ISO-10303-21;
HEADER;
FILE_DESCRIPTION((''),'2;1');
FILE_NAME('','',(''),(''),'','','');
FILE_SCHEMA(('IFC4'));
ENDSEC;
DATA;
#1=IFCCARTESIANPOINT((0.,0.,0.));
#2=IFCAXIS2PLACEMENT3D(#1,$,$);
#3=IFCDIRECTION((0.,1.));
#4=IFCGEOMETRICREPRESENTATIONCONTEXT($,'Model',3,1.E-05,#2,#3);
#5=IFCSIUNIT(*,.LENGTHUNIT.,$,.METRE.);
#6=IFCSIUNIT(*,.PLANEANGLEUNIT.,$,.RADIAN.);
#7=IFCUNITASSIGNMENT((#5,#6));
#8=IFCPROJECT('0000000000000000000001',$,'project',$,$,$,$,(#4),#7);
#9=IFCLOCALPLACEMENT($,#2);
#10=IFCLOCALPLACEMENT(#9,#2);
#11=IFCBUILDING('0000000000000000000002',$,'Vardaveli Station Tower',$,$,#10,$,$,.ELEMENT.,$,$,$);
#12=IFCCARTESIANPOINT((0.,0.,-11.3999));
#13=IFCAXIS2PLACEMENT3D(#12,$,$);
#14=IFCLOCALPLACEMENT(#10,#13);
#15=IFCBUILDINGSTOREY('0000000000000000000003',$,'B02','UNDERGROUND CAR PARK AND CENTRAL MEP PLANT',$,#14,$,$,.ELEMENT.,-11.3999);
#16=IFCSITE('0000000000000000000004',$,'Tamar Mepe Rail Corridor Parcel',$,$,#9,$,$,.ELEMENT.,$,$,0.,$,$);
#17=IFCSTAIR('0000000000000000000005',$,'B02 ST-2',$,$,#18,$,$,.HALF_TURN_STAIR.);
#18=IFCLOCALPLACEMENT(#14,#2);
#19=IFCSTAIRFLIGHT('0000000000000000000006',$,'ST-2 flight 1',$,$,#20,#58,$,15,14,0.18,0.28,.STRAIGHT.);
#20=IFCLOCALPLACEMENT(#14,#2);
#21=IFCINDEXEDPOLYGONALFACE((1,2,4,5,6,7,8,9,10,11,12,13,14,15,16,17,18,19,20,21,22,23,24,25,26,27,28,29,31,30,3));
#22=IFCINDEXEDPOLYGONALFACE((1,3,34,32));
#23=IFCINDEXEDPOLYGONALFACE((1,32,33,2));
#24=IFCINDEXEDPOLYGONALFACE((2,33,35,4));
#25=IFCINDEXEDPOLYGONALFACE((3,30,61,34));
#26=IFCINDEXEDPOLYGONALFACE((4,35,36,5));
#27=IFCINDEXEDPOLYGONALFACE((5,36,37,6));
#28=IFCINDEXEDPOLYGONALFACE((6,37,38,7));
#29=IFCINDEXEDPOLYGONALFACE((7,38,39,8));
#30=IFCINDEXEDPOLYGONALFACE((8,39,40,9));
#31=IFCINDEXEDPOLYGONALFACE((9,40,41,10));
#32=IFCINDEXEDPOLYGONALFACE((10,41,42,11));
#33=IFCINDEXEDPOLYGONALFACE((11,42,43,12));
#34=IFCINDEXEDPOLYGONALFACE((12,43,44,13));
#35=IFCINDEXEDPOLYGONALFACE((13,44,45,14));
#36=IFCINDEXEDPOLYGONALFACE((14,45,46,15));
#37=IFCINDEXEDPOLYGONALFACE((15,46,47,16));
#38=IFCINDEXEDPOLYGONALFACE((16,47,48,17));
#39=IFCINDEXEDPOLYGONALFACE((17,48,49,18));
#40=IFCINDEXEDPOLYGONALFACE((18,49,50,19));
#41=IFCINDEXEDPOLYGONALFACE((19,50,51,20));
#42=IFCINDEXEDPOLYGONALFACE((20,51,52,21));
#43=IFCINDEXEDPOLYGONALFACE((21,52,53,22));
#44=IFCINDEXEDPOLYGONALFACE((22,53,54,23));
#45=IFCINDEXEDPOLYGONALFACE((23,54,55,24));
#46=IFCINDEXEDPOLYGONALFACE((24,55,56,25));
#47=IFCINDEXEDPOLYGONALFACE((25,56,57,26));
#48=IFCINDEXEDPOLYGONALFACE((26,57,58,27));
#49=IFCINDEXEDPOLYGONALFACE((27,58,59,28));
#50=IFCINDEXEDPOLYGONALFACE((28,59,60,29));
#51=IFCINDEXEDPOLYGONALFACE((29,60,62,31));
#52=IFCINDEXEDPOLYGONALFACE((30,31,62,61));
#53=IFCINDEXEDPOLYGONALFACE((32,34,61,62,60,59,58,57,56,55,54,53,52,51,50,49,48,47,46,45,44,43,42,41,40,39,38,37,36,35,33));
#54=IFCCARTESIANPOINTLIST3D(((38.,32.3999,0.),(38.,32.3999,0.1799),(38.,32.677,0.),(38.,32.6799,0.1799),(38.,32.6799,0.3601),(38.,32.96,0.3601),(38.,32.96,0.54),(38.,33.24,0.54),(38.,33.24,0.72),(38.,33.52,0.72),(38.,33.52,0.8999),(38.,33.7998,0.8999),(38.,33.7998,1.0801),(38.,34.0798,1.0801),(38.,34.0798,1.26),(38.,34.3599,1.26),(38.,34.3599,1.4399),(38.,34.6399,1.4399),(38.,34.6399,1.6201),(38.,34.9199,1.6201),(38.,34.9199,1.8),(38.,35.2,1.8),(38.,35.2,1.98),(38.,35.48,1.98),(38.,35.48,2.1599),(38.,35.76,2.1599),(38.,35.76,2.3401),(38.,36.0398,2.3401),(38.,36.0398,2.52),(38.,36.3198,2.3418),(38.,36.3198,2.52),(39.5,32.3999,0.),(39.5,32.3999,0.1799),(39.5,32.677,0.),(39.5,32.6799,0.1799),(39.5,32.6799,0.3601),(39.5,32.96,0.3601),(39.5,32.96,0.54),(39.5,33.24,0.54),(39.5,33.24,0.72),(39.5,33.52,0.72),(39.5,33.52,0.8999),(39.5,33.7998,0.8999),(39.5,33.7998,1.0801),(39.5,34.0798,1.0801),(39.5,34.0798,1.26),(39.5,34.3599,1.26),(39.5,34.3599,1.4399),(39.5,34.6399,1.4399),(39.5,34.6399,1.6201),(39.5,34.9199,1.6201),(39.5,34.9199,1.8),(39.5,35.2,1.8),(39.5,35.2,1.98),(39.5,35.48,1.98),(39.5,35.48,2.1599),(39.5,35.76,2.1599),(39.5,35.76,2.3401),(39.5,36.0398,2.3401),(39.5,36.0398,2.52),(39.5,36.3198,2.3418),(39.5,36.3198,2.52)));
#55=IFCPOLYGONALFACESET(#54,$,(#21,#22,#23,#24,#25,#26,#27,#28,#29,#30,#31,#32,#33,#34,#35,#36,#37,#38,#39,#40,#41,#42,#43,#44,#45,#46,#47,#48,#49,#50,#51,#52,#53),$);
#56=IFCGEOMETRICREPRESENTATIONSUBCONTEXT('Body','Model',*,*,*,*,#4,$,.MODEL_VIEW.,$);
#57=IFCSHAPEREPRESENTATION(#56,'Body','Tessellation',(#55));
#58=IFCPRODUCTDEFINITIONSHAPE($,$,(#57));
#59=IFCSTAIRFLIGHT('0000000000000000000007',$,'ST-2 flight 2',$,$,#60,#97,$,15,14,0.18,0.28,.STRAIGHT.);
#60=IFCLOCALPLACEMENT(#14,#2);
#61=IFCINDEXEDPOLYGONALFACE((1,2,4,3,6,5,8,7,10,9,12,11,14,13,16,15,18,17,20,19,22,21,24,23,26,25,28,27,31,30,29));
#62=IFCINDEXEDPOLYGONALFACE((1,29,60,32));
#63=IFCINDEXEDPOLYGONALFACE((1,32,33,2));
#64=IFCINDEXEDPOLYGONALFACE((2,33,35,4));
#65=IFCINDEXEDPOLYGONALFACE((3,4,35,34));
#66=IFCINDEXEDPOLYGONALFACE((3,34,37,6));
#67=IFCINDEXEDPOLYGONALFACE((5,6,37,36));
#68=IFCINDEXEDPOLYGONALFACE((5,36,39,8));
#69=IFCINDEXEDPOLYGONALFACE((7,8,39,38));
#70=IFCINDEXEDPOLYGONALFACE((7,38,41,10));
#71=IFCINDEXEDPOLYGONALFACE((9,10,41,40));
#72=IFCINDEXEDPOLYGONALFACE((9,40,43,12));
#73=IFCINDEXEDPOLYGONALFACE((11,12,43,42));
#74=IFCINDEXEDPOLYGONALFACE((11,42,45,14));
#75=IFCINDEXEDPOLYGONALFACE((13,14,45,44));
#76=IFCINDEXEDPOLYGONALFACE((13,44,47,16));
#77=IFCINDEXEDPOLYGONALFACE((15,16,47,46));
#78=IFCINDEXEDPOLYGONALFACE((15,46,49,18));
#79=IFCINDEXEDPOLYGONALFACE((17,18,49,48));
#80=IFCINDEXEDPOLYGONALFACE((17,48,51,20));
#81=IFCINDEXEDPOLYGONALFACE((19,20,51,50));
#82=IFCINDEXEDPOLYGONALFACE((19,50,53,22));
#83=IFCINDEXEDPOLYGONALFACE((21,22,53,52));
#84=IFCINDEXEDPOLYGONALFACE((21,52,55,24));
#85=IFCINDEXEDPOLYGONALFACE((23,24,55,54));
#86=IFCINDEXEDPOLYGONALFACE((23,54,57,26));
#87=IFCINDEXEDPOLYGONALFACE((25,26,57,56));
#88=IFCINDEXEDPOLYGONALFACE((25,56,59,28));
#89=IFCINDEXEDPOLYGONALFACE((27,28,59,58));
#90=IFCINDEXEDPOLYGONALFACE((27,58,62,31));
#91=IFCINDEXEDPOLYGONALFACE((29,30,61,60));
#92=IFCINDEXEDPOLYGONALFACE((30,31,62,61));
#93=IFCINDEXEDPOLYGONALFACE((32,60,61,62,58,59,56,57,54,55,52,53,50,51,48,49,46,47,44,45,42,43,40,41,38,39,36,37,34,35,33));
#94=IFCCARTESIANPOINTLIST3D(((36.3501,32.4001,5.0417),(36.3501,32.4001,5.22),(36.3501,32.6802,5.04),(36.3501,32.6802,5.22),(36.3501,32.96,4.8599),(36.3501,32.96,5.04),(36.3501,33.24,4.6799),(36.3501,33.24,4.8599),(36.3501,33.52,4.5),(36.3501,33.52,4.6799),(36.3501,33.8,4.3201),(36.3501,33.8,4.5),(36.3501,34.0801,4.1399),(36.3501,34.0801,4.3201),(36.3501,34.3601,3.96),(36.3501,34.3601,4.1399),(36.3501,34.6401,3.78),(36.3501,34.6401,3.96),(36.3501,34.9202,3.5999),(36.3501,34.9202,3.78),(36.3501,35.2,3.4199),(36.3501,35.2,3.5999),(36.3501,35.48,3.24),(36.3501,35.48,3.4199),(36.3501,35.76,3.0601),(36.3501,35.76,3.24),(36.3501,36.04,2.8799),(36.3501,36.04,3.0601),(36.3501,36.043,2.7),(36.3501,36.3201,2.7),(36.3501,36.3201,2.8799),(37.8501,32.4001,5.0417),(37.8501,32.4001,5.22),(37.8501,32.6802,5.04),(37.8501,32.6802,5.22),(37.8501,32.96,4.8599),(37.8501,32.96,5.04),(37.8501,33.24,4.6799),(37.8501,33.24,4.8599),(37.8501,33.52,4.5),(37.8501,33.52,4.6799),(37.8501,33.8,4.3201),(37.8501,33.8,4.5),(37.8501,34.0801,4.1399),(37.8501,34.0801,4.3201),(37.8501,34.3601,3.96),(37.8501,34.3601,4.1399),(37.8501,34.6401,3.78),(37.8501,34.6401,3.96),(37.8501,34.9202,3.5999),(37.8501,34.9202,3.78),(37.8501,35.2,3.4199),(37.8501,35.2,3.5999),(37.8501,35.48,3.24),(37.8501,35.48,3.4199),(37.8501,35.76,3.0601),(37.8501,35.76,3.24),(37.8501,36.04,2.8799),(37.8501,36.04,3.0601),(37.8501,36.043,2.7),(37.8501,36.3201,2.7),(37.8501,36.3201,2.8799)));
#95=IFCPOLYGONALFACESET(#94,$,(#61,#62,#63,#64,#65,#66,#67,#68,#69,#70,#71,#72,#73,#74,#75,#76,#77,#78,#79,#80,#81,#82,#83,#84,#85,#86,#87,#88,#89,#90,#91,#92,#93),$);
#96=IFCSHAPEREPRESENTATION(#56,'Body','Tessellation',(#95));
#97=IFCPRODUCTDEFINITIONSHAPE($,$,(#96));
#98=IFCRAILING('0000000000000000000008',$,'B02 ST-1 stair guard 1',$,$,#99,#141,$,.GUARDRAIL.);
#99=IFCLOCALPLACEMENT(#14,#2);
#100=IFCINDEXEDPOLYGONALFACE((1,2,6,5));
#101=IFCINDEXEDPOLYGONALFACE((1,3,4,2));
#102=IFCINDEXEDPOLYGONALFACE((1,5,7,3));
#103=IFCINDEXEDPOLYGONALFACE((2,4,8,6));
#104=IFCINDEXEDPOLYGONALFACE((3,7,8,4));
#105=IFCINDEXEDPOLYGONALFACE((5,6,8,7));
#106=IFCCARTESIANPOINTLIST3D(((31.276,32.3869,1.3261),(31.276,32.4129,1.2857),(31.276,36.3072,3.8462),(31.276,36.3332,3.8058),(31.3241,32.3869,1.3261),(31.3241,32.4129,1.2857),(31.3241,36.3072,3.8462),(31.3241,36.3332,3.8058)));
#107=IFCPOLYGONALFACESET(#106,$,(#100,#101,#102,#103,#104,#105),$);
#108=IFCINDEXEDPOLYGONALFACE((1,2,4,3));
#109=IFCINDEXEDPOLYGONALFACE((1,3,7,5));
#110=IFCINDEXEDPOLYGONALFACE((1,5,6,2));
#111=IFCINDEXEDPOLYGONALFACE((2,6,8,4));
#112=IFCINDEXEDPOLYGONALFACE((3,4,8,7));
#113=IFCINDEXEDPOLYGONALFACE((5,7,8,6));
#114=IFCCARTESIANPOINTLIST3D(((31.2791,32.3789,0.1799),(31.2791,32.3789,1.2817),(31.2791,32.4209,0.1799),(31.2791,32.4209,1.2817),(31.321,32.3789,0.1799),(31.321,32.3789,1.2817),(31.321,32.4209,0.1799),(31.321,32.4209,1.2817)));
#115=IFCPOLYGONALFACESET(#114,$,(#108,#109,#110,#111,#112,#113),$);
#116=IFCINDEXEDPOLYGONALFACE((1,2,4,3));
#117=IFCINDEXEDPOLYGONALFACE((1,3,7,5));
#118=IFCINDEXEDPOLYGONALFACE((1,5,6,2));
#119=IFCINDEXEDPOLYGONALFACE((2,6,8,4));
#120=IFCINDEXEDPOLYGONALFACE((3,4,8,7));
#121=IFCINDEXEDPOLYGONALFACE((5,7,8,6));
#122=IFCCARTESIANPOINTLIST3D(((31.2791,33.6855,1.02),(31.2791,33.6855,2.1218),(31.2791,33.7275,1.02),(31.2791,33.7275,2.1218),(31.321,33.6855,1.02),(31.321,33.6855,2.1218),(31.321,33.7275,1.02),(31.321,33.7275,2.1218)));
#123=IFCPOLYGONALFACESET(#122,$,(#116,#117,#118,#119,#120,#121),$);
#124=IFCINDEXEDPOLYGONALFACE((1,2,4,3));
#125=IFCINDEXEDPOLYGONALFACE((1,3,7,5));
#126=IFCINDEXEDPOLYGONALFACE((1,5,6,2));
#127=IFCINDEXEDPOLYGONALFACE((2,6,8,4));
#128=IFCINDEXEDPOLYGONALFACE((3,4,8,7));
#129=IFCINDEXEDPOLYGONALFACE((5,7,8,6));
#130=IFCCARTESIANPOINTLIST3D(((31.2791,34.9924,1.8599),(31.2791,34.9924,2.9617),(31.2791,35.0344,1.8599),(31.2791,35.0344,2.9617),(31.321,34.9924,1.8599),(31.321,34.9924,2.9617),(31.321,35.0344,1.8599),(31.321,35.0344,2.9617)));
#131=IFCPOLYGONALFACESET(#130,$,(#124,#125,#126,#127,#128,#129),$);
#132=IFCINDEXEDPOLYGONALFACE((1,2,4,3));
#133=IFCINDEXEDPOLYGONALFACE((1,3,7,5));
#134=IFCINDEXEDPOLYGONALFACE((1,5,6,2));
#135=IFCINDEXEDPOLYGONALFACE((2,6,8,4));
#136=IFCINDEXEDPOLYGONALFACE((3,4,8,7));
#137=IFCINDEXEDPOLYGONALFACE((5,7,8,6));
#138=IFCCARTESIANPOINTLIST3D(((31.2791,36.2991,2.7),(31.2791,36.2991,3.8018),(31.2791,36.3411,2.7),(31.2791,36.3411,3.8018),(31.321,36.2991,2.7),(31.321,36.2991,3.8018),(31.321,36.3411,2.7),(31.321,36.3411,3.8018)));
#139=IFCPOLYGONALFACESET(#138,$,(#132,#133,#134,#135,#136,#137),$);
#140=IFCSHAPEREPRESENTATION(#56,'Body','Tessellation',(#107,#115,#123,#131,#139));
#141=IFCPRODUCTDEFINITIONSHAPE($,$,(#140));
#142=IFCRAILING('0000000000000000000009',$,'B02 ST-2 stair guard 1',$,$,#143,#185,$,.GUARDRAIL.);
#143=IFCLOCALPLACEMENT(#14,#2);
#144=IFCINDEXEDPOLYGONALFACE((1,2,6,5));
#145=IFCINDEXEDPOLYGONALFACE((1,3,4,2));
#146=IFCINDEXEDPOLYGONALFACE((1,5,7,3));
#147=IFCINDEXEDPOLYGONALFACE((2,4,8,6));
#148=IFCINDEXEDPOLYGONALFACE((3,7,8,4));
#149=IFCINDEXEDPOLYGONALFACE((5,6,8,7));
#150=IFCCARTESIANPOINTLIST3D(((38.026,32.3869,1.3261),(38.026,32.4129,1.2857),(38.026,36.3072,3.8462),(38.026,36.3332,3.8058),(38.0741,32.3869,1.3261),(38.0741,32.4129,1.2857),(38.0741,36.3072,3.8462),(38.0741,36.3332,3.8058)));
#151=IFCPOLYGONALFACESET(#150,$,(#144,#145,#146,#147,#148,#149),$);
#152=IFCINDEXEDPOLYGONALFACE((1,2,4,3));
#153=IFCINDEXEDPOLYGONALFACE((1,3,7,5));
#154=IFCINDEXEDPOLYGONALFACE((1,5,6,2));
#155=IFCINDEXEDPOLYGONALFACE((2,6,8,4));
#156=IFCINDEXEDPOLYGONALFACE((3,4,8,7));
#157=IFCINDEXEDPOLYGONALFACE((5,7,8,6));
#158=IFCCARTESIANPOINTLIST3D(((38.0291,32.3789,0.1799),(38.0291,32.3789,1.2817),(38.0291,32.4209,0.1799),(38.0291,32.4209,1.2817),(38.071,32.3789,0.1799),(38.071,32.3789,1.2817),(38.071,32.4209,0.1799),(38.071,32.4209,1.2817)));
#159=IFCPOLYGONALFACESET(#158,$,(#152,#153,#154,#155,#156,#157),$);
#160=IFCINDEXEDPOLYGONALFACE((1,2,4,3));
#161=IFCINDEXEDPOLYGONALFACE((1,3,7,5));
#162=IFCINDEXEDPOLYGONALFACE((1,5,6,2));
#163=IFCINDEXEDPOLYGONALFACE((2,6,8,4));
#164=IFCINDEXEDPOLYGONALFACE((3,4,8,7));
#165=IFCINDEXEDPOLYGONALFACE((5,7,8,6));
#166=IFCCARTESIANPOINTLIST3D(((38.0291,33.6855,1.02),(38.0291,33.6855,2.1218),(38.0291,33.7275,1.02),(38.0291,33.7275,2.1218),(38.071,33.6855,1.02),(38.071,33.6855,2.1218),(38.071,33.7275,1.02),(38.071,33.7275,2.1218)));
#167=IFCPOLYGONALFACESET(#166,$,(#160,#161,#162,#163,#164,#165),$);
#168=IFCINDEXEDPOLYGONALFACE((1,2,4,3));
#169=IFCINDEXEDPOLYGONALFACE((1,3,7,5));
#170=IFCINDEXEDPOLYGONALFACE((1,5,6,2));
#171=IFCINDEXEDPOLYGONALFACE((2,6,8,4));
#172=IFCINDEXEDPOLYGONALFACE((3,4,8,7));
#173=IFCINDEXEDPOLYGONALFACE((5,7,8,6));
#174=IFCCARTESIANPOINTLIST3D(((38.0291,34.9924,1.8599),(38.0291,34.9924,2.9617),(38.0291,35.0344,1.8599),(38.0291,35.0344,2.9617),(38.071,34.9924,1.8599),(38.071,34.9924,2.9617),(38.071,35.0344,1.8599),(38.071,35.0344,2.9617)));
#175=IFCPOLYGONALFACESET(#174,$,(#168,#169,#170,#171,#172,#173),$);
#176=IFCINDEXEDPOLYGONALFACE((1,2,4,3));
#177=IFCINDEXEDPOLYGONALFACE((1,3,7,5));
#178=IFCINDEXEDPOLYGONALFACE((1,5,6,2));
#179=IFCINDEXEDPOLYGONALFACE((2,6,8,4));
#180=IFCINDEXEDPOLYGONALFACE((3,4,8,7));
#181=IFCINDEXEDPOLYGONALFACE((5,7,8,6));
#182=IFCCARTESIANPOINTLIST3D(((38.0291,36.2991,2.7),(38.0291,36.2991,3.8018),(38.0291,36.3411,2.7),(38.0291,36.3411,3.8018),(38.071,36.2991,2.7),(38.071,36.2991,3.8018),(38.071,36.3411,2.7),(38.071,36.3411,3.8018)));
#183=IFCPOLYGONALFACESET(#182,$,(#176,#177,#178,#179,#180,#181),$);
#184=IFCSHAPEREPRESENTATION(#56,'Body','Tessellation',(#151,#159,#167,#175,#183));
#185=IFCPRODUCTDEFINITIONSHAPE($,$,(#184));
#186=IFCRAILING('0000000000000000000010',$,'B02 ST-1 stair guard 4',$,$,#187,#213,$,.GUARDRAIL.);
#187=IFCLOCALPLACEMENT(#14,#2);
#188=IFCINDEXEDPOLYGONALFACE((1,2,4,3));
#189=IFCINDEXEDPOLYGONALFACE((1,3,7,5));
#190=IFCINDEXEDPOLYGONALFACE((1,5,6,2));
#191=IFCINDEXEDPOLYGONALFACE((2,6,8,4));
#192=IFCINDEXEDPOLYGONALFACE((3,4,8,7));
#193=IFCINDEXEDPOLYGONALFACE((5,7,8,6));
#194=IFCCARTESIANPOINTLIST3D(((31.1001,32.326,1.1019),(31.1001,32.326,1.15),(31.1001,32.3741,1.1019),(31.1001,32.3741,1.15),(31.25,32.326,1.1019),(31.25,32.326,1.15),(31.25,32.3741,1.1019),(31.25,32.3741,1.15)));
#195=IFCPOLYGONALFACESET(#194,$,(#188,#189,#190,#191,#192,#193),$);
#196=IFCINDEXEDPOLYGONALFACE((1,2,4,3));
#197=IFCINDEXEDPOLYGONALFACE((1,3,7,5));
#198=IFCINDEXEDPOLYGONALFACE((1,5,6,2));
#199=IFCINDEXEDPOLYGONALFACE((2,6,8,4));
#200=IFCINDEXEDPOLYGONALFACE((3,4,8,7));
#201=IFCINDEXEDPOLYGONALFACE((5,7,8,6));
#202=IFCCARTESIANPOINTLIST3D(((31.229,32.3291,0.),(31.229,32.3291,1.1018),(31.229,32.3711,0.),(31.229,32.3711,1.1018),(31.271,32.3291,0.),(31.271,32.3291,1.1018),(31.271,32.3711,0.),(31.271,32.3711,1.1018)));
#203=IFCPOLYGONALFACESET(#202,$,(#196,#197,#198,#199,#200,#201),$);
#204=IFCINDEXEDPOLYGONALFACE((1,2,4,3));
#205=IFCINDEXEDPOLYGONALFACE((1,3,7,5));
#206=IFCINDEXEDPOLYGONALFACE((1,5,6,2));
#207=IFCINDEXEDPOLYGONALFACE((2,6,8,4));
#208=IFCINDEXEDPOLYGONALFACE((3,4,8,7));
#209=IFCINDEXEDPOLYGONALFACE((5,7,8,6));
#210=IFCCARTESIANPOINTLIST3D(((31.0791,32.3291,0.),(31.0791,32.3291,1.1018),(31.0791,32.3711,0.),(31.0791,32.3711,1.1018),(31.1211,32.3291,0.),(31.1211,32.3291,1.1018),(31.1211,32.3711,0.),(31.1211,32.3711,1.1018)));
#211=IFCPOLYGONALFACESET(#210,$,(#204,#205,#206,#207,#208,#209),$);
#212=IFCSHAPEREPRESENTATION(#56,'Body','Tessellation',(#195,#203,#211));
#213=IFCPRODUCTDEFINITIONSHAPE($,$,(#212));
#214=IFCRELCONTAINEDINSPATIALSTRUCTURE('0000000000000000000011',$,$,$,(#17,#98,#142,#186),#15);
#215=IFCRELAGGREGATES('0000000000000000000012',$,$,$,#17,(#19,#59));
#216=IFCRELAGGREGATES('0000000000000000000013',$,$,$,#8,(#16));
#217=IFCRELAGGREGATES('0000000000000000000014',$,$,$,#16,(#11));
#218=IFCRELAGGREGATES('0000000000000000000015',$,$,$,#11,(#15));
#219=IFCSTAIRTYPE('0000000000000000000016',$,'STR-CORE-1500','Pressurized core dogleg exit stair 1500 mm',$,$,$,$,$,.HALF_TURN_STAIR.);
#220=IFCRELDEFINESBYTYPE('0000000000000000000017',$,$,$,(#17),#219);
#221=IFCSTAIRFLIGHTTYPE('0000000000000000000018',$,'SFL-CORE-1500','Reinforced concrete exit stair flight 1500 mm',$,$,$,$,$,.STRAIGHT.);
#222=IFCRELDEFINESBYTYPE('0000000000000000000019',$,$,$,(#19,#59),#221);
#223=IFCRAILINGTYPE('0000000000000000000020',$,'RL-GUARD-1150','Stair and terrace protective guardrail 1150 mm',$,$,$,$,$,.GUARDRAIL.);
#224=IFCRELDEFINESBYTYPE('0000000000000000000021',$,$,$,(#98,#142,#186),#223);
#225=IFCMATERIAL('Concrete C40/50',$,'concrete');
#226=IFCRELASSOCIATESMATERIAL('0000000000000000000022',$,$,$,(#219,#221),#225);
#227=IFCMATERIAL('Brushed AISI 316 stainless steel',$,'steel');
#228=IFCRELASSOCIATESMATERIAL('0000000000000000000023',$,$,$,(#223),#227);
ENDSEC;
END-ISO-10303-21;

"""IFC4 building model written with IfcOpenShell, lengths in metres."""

from ifc_helpers import new_model, si_unit, direction, frame, origin, origin_2d, place, context, subcontext, project, spatial, polyline, rectangle, outline, extrude, source, transform, mapped, material, type_object, element, aggregate, save


model = new_model("IFC4")

# Units and contexts
model_context = context("Model", 3, precision=1e-05, world=origin(), true_north=direction((0.0, 1.0)))
body_context = subcontext(model_context, "Body", "Model", "MODEL_VIEW")
ifc_project = project(units=[si_unit("LENGTHUNIT", "METRE"), si_unit("PLANEANGLEUNIT", "RADIAN")], contexts=[model_context])

# Site, building, storey
site_placement = place(None, origin())
site = spatial("IfcSite", under=ifc_project, at=site_placement, Name="Tamar Mepe Rail Corridor Parcel", CompositionType="ELEMENT", RefElevation=0.0)
building_placement = place(site_placement, origin())
building = spatial("IfcBuilding", under=site, at=building_placement, Name="Vardaveli Station Tower", CompositionType="ELEMENT")
storey_placement = place(building_placement, frame((0.0, 0.0, -11.3999)))
storey = spatial("IfcBuildingStorey", under=building, at=storey_placement, Name="B02", Description="UNDERGROUND CAR PARK AND CENTRAL MEP PLANT", CompositionType="ELEMENT", Elevation=-11.3999)

# Shared definitions
ifc_material_1 = material(Name="Concrete C40/50", Category="concrete")

# Stair, stair flights
stair_type = type_object("IfcStairType", Name="STR-CORE-1500", Description="Pressurized core dogleg exit stair 1500 mm", PredefinedType="HALF_TURN_STAIR", material=ifc_material_1)
stair_flight_type = type_object("IfcStairFlightType", Name="SFL-CORE-1500", Description="Reinforced concrete exit stair flight 1500 mm", PredefinedType="STRAIGHT", material=ifc_material_1)
shared_shape_1 = source(origin(), body_context, "Body", "SweptSolid", [
    extrude(outline(polyline([(0.0, 0.0), (0.0, 0.1799), (0.28, 0.1799), (0.28, 0.3601), (0.5601, 0.3601), (0.5601, 0.54), (0.8401, 0.54), (0.8401, 0.72), (1.1201, 0.72), (1.1201, 0.8999), (1.3999, 0.8999), (1.3999, 1.0801), (1.6799, 1.0801), (1.6799, 1.26), (1.96, 1.26), (1.96, 1.4399), (2.24, 1.4399), (2.24, 1.6201), (2.52, 1.6201), (2.52, 1.8), (2.8, 1.8), (2.8, 1.98), (3.0801, 1.98), (3.0801, 2.1599), (3.3601, 2.1599), (3.3601, 2.3401), (3.6399, 2.3401), (3.6399, 2.52), (3.9199, 2.52), (3.9199, 2.7), (3.9199, 2.3418), (0.2771, 0.0), (0.0, 0.0)])), frame((0.0, 0.75, 0.0), z_axis=(0.0, -1.0, 0.0), x_axis=(1.0, 0.0, 0.0)), (0.0, 0.0, 1.0), 1.5),
])
stair_1_placement = place(storey_placement, origin())
stair_1 = element("IfcStair", 1, at=stair_1_placement, inside=storey, type_object=stair_type, Name="B02 ST-2", PredefinedType="HALF_TURN_STAIR")
stair_flight_1_placement = place(storey_placement, frame((38.75, 32.3999, 0.0), z_axis=(0.0, 0.0, 1.0), x_axis=(0.0, 1.0, 0.0)))
stair_flight_1 = element("IfcStairFlight", 2, at=stair_flight_1_placement, type_object=stair_flight_type, Name="ST-2 flight 1", NumberOfRisers=15, NumberOfTreads=14, PredefinedType="STRAIGHT", RiserHeight=0.18, TreadLength=0.28, context=body_context, shape_type="MappedRepresentation", body=[
    mapped(shared_shape_1, transform((0.0, 0.0, 0.0), scale=1.0)),
])
stair_flight_2_placement = place(storey_placement, frame((37.1001, 36.3201, 2.7), z_axis=(0.0, 0.0, 1.0), x_axis=(0.0, -1.0, 0.0)))
stair_flight_2 = element("IfcStairFlight", 3, at=stair_flight_2_placement, type_object=stair_flight_type, Name="ST-2 flight 2", NumberOfRisers=15, NumberOfTreads=14, PredefinedType="STRAIGHT", RiserHeight=0.18, TreadLength=0.28, context=body_context, shape_type="MappedRepresentation", body=[
    mapped(shared_shape_1, transform((0.0, 0.0, 0.0), scale=1.0)),
])
aggregate(stair_1, [stair_flight_1, stair_flight_2])

# Railings
ifc_material_2 = material(Name="Brushed AISI 316 stainless steel", Category="steel")
railing_type_1 = type_object("IfcRailingType", Name="RL-GUARD-1150", Description="Stair and terrace protective guardrail 1150 mm", PredefinedType="GUARDRAIL", material=ifc_material_2)
shared_shape_2 = source(origin(), body_context, "Body", "SweptSolid", [
    extrude(rectangle(XDim=0.0481, YDim=0.0481, at=origin_2d()), frame((0.0, 0.0, 1.126), z_axis=(0.0, 0.841187, 0.540744), x_axis=(-1.0, 0.0, 0.0)), (0.0, 0.0, 1.0), 4.6604),
    extrude(rectangle(XDim=0.042, YDim=0.042, at=origin_2d()), origin(), (0.0, 0.0, 1.0), 1.1018),
    extrude(rectangle(XDim=0.042, YDim=0.042, at=origin_2d()), frame((0.0, 1.3066, 0.8401)), (0.0, 0.0, 1.0), 1.1018),
    extrude(rectangle(XDim=0.042, YDim=0.042, at=origin_2d()), frame((0.0, 2.6135, 1.6799)), (0.0, 0.0, 1.0), 1.1018),
    extrude(rectangle(XDim=0.042, YDim=0.042, at=origin_2d()), frame((0.0, 3.9202, 2.52)), (0.0, 0.0, 1.0), 1.1018),
])
for number, where, name in (
    (4, (31.3, 32.3999, 0.1799), "B02 ST-1 stair guard 1"),
    (5, (38.05, 32.3999, 0.1799), "B02 ST-2 stair guard 1"),
):
    element("IfcRailing", number, at=place(storey_placement, frame(where)), inside=storey, type_object=railing_type_1, Name=name, PredefinedType="GUARDRAIL", context=body_context, shape_type="MappedRepresentation", body=[
        mapped(shared_shape_2, transform((0.0, 0.0, 0.0), scale=1.0)),
    ])
shared_shape_3 = source(origin(), body_context, "Body", "SweptSolid", [
    extrude(rectangle(XDim=0.0481, YDim=0.0481, at=origin_2d()), frame((0.0, 0.0, 1.126), z_axis=(-1.0, 0.0, 0.0), x_axis=(0.0, -1.0, 0.0)), (0.0, 0.0, 1.0), 0.1499),
    extrude(rectangle(XDim=0.042, YDim=0.042, at=origin_2d()), origin(), (0.0, 0.0, 1.0), 1.1018),
    extrude(rectangle(XDim=0.042, YDim=0.042, at=origin_2d()), frame((-0.1499, 0.0, 0.0)), (0.0, 0.0, 1.0), 1.1018),
])
for number, where, name in (
    (6, (31.25, 32.3501, 0.0), "B02 ST-1 stair guard 4"),
):
    element("IfcRailing", number, at=place(storey_placement, frame(where)), inside=storey, type_object=railing_type_1, Name=name, PredefinedType="GUARDRAIL", context=body_context, shape_type="MappedRepresentation", body=[
        mapped(shared_shape_3, transform((0.0, 0.0, 0.0), scale=1.0)),
    ])

save(model, "model.ifc")
